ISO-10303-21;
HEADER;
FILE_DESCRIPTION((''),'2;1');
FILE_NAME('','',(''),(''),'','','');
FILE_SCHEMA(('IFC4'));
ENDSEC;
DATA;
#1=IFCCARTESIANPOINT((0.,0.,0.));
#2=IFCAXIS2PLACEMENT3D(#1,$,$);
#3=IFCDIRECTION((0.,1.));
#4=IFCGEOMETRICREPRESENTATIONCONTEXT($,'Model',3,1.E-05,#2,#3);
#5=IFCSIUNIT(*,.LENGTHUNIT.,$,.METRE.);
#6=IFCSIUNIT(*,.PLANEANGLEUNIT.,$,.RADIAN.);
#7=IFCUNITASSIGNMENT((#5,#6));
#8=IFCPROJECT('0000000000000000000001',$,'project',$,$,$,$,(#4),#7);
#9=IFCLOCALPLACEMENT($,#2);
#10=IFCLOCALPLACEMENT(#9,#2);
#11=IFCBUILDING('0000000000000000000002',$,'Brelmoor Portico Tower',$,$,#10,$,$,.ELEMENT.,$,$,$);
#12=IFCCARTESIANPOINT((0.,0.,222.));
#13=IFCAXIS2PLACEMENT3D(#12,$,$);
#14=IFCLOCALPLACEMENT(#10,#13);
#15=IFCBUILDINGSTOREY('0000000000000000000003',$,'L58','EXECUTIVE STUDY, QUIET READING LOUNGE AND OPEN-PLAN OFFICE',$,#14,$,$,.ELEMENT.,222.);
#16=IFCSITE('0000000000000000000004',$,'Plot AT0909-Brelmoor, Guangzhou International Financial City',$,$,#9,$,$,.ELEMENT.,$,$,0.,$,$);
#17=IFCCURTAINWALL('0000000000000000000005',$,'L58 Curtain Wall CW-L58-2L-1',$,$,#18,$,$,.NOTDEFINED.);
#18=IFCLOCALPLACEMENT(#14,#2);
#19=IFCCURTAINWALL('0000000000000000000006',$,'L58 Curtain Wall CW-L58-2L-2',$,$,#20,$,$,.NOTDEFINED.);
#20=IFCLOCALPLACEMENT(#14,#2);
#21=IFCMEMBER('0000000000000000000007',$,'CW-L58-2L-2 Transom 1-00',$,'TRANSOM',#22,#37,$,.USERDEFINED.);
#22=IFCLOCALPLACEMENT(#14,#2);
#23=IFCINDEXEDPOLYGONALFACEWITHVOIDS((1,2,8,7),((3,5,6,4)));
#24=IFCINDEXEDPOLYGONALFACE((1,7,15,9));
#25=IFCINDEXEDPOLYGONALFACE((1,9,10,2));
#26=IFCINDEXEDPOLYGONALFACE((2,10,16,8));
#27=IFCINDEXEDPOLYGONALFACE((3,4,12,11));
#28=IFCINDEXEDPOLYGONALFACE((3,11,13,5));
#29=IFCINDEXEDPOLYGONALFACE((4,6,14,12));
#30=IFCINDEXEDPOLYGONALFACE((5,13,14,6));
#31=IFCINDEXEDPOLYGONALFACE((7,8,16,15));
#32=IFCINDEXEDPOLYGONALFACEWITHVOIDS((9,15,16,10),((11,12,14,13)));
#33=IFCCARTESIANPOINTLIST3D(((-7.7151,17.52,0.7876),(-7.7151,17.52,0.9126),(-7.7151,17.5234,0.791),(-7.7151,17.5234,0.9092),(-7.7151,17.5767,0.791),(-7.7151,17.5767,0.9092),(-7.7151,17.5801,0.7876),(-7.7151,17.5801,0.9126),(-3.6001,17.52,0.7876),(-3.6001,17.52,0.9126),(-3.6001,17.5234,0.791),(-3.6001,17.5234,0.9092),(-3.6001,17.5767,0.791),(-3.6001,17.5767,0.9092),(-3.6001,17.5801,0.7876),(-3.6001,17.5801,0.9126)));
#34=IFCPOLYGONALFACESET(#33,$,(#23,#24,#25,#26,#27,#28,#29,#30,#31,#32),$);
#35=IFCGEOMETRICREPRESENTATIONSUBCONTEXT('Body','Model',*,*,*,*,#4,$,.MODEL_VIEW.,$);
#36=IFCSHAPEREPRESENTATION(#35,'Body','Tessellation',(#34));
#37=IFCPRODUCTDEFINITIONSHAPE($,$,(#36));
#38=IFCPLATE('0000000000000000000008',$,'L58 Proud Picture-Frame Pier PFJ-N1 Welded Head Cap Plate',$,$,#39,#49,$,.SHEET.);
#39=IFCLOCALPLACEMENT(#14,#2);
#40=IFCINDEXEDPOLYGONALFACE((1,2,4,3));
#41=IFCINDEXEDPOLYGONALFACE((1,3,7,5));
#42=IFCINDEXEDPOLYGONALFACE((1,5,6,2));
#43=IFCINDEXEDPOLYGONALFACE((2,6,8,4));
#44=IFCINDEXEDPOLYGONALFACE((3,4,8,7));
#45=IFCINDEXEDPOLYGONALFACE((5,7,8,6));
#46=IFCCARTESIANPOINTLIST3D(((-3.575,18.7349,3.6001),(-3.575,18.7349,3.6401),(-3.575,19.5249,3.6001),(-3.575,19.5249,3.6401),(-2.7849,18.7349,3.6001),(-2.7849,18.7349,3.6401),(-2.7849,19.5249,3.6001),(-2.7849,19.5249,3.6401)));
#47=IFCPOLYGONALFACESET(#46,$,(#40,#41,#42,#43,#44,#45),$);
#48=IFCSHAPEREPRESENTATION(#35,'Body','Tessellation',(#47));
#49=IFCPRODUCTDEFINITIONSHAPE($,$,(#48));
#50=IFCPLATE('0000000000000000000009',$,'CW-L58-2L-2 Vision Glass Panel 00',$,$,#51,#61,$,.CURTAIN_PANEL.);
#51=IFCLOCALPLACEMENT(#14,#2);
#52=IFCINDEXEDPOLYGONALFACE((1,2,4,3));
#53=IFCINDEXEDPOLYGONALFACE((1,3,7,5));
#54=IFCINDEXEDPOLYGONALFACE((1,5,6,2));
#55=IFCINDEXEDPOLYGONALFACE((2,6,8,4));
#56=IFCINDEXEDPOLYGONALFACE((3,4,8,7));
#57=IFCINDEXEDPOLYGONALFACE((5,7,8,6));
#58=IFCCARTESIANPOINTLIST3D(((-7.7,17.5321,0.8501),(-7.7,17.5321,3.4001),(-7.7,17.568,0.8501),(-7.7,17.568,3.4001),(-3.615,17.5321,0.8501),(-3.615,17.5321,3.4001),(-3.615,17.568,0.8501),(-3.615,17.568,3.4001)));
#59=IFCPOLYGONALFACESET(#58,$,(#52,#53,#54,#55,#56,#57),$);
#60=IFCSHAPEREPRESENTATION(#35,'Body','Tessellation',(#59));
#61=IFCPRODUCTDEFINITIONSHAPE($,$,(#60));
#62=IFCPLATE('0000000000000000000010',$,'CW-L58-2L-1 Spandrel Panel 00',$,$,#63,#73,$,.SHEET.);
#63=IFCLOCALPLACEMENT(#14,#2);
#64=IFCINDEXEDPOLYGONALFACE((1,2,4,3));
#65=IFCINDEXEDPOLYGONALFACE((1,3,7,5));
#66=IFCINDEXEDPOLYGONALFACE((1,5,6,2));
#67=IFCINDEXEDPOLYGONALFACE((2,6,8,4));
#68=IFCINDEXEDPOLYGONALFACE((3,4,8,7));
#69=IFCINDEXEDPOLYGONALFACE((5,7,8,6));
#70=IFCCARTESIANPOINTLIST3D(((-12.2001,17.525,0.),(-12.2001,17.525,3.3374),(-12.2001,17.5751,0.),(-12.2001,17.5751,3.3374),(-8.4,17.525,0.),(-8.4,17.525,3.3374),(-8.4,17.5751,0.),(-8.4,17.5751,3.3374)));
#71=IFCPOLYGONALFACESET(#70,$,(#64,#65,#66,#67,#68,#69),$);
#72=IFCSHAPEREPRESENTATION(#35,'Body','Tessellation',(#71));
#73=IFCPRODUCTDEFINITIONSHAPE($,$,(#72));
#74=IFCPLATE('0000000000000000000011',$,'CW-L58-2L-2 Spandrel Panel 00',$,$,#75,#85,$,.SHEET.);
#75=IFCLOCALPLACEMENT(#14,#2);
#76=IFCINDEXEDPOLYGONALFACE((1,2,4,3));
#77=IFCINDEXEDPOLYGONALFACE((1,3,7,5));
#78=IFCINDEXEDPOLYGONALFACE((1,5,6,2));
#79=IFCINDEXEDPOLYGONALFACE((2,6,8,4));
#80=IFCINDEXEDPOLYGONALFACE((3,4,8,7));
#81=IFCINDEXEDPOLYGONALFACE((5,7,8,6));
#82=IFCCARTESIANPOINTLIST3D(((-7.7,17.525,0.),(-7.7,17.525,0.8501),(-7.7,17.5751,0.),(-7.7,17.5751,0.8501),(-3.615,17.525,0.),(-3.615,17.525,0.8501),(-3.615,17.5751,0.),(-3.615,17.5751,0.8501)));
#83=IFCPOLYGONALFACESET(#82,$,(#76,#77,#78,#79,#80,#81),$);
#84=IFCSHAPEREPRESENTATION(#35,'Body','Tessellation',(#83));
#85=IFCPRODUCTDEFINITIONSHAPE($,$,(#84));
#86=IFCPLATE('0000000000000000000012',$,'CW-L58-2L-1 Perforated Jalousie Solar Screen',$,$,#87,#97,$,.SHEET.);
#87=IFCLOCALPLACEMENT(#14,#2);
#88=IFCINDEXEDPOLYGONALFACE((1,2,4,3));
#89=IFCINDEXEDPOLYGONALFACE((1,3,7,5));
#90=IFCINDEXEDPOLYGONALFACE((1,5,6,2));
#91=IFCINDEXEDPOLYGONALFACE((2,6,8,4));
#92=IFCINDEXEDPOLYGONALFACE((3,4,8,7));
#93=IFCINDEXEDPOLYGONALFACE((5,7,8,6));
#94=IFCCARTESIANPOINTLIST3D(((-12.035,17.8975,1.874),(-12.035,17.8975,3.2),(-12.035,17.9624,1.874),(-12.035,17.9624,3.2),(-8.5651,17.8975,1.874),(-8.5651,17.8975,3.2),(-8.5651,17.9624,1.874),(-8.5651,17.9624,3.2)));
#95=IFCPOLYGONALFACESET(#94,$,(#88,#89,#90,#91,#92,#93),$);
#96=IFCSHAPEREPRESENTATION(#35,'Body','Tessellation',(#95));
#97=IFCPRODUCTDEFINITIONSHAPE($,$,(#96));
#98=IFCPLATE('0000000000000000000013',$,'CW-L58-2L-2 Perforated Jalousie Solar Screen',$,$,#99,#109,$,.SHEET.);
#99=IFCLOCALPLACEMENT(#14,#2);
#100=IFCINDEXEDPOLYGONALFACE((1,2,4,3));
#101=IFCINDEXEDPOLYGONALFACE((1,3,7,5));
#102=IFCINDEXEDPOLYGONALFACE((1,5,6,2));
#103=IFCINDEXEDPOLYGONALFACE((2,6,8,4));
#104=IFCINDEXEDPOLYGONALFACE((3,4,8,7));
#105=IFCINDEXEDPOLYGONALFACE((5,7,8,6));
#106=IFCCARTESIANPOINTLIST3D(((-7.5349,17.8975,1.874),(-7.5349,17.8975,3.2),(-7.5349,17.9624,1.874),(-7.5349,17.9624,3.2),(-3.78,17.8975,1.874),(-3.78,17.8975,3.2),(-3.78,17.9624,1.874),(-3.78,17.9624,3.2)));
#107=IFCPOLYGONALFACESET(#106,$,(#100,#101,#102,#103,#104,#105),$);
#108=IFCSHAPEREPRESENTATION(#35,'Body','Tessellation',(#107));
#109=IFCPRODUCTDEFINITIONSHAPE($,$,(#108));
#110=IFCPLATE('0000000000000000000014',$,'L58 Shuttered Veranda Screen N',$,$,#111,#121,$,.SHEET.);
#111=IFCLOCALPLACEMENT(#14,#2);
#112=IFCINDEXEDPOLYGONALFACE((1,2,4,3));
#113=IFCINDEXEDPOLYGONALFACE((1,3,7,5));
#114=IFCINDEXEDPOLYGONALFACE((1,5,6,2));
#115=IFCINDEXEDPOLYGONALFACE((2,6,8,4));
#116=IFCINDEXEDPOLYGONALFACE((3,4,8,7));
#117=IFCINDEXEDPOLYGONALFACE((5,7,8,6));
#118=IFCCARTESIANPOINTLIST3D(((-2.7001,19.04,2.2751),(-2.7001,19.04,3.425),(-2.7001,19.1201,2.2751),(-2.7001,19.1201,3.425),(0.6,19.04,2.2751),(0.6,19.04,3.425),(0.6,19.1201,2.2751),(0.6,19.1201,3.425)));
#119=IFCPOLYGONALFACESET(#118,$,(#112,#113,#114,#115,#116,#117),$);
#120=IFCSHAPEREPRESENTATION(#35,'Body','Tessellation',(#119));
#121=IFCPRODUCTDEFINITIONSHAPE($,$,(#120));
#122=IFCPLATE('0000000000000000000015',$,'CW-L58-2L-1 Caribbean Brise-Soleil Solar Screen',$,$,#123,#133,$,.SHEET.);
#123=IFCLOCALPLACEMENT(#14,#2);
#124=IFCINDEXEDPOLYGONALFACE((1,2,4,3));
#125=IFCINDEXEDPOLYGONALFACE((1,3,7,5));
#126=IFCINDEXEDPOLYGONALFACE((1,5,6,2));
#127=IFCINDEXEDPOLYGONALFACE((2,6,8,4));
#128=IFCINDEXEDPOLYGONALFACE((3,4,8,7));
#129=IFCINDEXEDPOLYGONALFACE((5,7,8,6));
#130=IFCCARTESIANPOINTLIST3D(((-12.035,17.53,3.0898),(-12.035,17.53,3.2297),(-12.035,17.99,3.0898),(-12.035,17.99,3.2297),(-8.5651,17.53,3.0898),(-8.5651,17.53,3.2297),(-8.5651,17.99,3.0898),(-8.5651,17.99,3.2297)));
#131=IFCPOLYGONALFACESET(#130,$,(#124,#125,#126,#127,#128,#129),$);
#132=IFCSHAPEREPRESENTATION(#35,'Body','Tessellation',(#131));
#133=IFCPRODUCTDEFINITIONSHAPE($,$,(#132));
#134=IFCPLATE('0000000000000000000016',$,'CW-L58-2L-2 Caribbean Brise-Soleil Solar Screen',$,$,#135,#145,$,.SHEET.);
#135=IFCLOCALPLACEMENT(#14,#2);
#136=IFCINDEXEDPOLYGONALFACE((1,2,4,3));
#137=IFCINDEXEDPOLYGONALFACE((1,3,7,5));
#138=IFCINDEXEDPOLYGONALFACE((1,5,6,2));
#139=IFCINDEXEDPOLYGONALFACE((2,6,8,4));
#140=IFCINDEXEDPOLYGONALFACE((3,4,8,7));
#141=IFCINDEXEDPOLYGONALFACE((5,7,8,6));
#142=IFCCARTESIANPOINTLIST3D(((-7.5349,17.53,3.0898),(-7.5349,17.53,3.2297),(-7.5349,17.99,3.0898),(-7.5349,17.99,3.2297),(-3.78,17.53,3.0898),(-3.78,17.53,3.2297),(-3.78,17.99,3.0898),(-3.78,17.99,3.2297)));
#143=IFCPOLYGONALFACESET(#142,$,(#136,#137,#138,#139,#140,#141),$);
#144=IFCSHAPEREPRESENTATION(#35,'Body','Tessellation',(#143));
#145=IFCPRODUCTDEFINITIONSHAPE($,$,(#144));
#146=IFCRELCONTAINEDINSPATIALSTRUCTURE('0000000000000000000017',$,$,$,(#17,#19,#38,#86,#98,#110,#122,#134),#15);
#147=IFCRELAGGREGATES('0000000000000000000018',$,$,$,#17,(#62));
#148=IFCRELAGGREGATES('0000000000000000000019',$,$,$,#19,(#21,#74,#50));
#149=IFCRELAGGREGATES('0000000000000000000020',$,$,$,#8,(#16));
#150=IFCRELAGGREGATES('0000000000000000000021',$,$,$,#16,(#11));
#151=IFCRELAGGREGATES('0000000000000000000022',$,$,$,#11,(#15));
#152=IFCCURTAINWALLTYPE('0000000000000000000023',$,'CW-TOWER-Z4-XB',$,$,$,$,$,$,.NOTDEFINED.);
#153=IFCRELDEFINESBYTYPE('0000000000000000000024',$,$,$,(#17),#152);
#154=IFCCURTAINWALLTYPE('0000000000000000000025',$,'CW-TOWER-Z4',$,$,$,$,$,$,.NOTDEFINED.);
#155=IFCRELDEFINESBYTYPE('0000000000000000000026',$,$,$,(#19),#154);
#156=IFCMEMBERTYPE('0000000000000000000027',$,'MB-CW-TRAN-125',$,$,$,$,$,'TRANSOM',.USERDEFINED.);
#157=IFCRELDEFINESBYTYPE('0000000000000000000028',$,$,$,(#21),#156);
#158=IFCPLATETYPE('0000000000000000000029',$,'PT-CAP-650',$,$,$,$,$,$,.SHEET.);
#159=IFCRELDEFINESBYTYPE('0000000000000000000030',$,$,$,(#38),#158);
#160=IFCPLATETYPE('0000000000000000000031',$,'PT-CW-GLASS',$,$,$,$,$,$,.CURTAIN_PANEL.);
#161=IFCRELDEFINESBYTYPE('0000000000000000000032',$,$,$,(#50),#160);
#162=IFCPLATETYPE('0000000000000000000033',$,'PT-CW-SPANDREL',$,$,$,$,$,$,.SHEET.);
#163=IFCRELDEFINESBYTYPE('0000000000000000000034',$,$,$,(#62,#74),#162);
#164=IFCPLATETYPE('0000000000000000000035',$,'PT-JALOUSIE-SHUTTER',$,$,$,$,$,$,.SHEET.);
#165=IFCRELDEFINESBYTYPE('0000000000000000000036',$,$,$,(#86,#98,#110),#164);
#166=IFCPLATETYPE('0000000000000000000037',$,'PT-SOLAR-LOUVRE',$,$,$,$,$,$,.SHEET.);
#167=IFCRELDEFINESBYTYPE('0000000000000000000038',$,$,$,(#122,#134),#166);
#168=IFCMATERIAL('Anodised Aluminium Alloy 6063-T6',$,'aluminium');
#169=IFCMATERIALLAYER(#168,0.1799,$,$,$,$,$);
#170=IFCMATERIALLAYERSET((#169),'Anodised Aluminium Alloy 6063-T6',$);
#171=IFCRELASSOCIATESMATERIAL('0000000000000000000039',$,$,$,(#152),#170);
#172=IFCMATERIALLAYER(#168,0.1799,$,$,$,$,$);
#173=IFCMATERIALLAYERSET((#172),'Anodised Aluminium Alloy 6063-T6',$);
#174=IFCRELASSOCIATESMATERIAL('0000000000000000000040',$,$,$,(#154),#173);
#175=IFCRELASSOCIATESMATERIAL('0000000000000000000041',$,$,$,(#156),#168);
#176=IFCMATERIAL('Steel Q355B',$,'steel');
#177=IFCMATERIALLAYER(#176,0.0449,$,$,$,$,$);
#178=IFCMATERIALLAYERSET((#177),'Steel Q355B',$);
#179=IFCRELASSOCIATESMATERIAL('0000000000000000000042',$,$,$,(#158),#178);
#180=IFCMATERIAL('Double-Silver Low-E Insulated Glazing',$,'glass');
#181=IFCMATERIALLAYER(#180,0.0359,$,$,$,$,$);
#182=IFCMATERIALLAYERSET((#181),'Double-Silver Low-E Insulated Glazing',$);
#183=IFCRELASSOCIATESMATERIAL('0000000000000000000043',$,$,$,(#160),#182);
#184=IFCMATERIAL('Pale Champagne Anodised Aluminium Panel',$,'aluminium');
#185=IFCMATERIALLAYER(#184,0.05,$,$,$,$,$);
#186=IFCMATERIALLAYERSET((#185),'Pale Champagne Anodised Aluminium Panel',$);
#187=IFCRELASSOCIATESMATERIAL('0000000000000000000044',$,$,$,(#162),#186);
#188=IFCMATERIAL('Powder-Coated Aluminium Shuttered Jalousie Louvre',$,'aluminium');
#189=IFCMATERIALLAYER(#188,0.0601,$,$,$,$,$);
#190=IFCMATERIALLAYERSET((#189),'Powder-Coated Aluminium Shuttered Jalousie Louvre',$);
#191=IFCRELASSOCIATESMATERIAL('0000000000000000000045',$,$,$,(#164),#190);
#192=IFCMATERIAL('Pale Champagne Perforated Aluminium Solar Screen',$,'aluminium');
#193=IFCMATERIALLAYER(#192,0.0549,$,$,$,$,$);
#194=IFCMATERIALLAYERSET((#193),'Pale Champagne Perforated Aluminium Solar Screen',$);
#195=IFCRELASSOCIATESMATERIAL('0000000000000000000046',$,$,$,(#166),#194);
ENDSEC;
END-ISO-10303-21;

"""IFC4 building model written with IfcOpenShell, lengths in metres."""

from ifc_helpers import new_model, si_unit, direction, frame, origin, origin_2d, place, context, subcontext, project, spatial, rectangle, hollow_rectangle, extrude, material, layer, layer_set, material_profile, profile_set, type_object, element, aggregate, save


model = new_model("IFC4")

# Units and contexts
model_context = context("Model", 3, precision=1e-05, world=origin(), true_north=direction((0.0, 1.0)))
body_context = subcontext(model_context, "Body", "Model", "MODEL_VIEW")
ifc_project = project(units=[si_unit("LENGTHUNIT", "METRE"), si_unit("PLANEANGLEUNIT", "RADIAN")], contexts=[model_context])

# Site, building, storey
site_placement = place(None, origin())
site = spatial("IfcSite", under=ifc_project, at=site_placement, Name="Plot AT0909-Brelmoor, Guangzhou International Financial City", CompositionType="ELEMENT", RefElevation=0.0)
building_placement = place(site_placement, origin())
building = spatial("IfcBuilding", under=site, at=building_placement, Name="Brelmoor Portico Tower", CompositionType="ELEMENT")
storey_placement = place(building_placement, frame((0.0, 0.0, 222.0)))
storey = spatial("IfcBuildingStorey", under=building, at=storey_placement, Name="L58", Description="EXECUTIVE STUDY, QUIET READING LOUNGE AND OPEN-PLAN OFFICE", CompositionType="ELEMENT", Elevation=222.0)

# Shared definitions
ifc_material_1 = material(Name="Steel Q355B", Category="steel")

# Curtain wall
ifc_material_2 = material(Name="Anodised Aluminium Alloy 6063-T6", Category="aluminium")
ifc_layer_1 = layer(ifc_material_2, 0.1799)
ifc_layer_set_1 = layer_set([ifc_layer_1], Name="Anodised Aluminium Alloy 6063-T6")
curtain_wall_type_1 = type_object("IfcCurtainWallType", Name="CW-TOWER-Z4-XB", PredefinedType="NOTDEFINED", material=ifc_layer_set_1)
curtain_wall_1_placement = place(storey_placement, origin())
curtain_wall_1 = element("IfcCurtainWall", 1, at=curtain_wall_1_placement, inside=storey, type_object=curtain_wall_type_1, Name="L58 Curtain Wall CW-L58-2L-1", PredefinedType="NOTDEFINED")

# Curtain wall, member
ifc_layer_2 = layer(ifc_material_2, 0.1799)
ifc_layer_set_2 = layer_set([ifc_layer_2], Name="Anodised Aluminium Alloy 6063-T6")
curtain_wall_type_2 = type_object("IfcCurtainWallType", Name="CW-TOWER-Z4", PredefinedType="NOTDEFINED", material=ifc_layer_set_2)
curtain_wall_2_placement = place(storey_placement, origin())
curtain_wall_2 = element("IfcCurtainWall", 2, at=curtain_wall_2_placement, inside=storey, type_object=curtain_wall_type_2, Name="L58 Curtain Wall CW-L58-2L-2", PredefinedType="NOTDEFINED")
ifc_material_profile_1 = material_profile(ifc_material_2, hollow_rectangle(XDim=0.0601, YDim=0.125, WallThickness=0.0034, at=origin_2d()), Name="ALU TRANSOM 60x125")
ifc_profile_set_1 = profile_set([ifc_material_profile_1], Name="Anodised Aluminium Alloy 6063-T6")
member_type_1 = type_object("IfcMemberType", Name="MB-CW-TRAN-125", ElementType="TRANSOM", PredefinedType="USERDEFINED", material=ifc_profile_set_1)
member_1_placement = place(storey_placement, frame((-7.7151, 17.55, 0.8501), z_axis=(1.0, 0.0, 0.0), x_axis=(0.0, 1.0, 0.0)))
member_1 = element("IfcMember", 3, at=member_1_placement, type_object=member_type_1, Name="CW-L58-2L-2 Transom 1-00", ObjectType="TRANSOM", PredefinedType="USERDEFINED", context=body_context, shape_type="SweptSolid", body=[
    extrude(hollow_rectangle(XDim=0.0601, YDim=0.125, WallThickness=0.0034, at=origin_2d()), origin(), (0.0, 0.0, 1.0), 4.115),
])

# Plates
ifc_layer_3 = layer(ifc_material_1, 0.0449)
ifc_layer_set_3 = layer_set([ifc_layer_3], Name="Steel Q355B")
plate_type_1 = type_object("IfcPlateType", Name="PT-CAP-650", PredefinedType="SHEET", material=ifc_layer_set_3)
plate_1_placement = place(storey_placement, frame((-3.1799, 19.1299, 3.6001), z_axis=(0.0, 0.0, 1.0), x_axis=(1.0, 0.0, 0.0)))
element("IfcPlate", 4, at=plate_1_placement, inside=storey, type_object=plate_type_1, Name="L58 Proud Picture-Frame Pier PFJ-N1 Welded Head Cap Plate", PredefinedType="SHEET", context=body_context, shape_type="SweptSolid", body=[
    extrude(rectangle(XDim=0.79, YDim=0.79, at=origin_2d()), origin(), (0.0, 0.0, 1.0), 0.04),
])
ifc_material_3 = material(Name="Double-Silver Low-E Insulated Glazing", Category="glass")
ifc_layer_4 = layer(ifc_material_3, 0.0359)
ifc_layer_set_4 = layer_set([ifc_layer_4], Name="Double-Silver Low-E Insulated Glazing")
plate_type_2 = type_object("IfcPlateType", Name="PT-CW-GLASS", PredefinedType="CURTAIN_PANEL", material=ifc_layer_set_4)
plate_2_placement = place(storey_placement, frame((-5.6575, 17.55, 0.8501), z_axis=(0.0, 0.0, 1.0), x_axis=(1.0, 0.0, 0.0)))
plate_2 = element("IfcPlate", 5, at=plate_2_placement, type_object=plate_type_2, Name="CW-L58-2L-2 Vision Glass Panel 00", PredefinedType="CURTAIN_PANEL", context=body_context, shape_type="SweptSolid", body=[
    extrude(rectangle(XDim=4.085, YDim=0.0359, at=origin_2d()), origin(), (0.0, 0.0, 1.0), 2.55),
])
ifc_material_4 = material(Name="Pale Champagne Anodised Aluminium Panel", Category="aluminium")
ifc_layer_5 = layer(ifc_material_4, 0.05)
ifc_layer_set_5 = layer_set([ifc_layer_5], Name="Pale Champagne Anodised Aluminium Panel")
plate_type_3 = type_object("IfcPlateType", Name="PT-CW-SPANDREL", PredefinedType="SHEET", material=ifc_layer_set_5)
plate_3_placement = place(storey_placement, frame((-10.3, 17.55, 0.0), z_axis=(0.0, 0.0, 1.0), x_axis=(1.0, 0.0, 0.0)))
plate_3 = element("IfcPlate", 6, at=plate_3_placement, type_object=plate_type_3, Name="CW-L58-2L-1 Spandrel Panel 00", PredefinedType="SHEET", context=body_context, shape_type="SweptSolid", body=[
    extrude(rectangle(XDim=3.8, YDim=0.05, at=origin_2d()), origin(), (0.0, 0.0, 1.0), 3.3374),
])
aggregate(curtain_wall_1, [plate_3])
plate_4_placement = place(storey_placement, frame((-5.6575, 17.55, 0.0), z_axis=(0.0, 0.0, 1.0), x_axis=(1.0, 0.0, 0.0)))
plate_4 = element("IfcPlate", 7, at=plate_4_placement, type_object=plate_type_3, Name="CW-L58-2L-2 Spandrel Panel 00", PredefinedType="SHEET", context=body_context, shape_type="SweptSolid", body=[
    extrude(rectangle(XDim=4.085, YDim=0.05, at=origin_2d()), origin(), (0.0, 0.0, 1.0), 0.8501),
])
aggregate(curtain_wall_2, [member_1, plate_4, plate_2])

# Plates
ifc_material_5 = material(Name="Powder-Coated Aluminium Shuttered Jalousie Louvre", Category="aluminium")
ifc_layer_6 = layer(ifc_material_5, 0.0601)
ifc_layer_set_6 = layer_set([ifc_layer_6], Name="Powder-Coated Aluminium Shuttered Jalousie Louvre")
plate_type_4 = type_object("IfcPlateType", Name="PT-JALOUSIE-SHUTTER", PredefinedType="SHEET", material=ifc_layer_set_6)
plate_5_placement = place(storey_placement, frame((-10.3, 17.9299, 1.874), z_axis=(0.0, 0.0, 1.0), x_axis=(1.0, 0.0, 0.0)))
element("IfcPlate", 8, at=plate_5_placement, inside=storey, type_object=plate_type_4, Name="CW-L58-2L-1 Perforated Jalousie Solar Screen", PredefinedType="SHEET", context=body_context, shape_type="SweptSolid", body=[
    extrude(rectangle(XDim=3.47, YDim=0.0649, at=origin_2d()), origin(), (0.0, 0.0, 1.0), 1.3259),
])
plate_6_placement = place(storey_placement, frame((-5.6575, 17.9299, 1.874), z_axis=(0.0, 0.0, 1.0), x_axis=(1.0, 0.0, 0.0)))
element("IfcPlate", 9, at=plate_6_placement, inside=storey, type_object=plate_type_4, Name="CW-L58-2L-2 Perforated Jalousie Solar Screen", PredefinedType="SHEET", context=body_context, shape_type="SweptSolid", body=[
    extrude(rectangle(XDim=3.7549, YDim=0.0649, at=origin_2d()), origin(), (0.0, 0.0, 1.0), 1.3259),
])
plate_7_placement = place(storey_placement, frame((-1.05, 19.0801, 2.2751), z_axis=(0.0, 0.0, 1.0), x_axis=(1.0, 0.0, 0.0)))
element("IfcPlate", 10, at=plate_7_placement, inside=storey, type_object=plate_type_4, Name="L58 Shuttered Veranda Screen N", PredefinedType="SHEET", context=body_context, shape_type="SweptSolid", body=[
    extrude(rectangle(XDim=3.3, YDim=0.0801, at=origin_2d()), origin(), (0.0, 0.0, 1.0), 1.1499),
])
ifc_material_6 = material(Name="Pale Champagne Perforated Aluminium Solar Screen", Category="aluminium")
ifc_layer_7 = layer(ifc_material_6, 0.0549)
ifc_layer_set_7 = layer_set([ifc_layer_7], Name="Pale Champagne Perforated Aluminium Solar Screen")
plate_type_5 = type_object("IfcPlateType", Name="PT-SOLAR-LOUVRE", PredefinedType="SHEET", material=ifc_layer_set_7)
plate_8_placement = place(storey_placement, frame((-10.3, 17.76, 3.0898), z_axis=(0.0, 0.0, 1.0), x_axis=(1.0, 0.0, 0.0)))
element("IfcPlate", 11, at=plate_8_placement, inside=storey, type_object=plate_type_5, Name="CW-L58-2L-1 Caribbean Brise-Soleil Solar Screen", PredefinedType="SHEET", context=body_context, shape_type="SweptSolid", body=[
    extrude(rectangle(XDim=3.47, YDim=0.46, at=origin_2d()), origin(), (0.0, 0.0, 1.0), 0.1399),
])
plate_9_placement = place(storey_placement, frame((-5.6575, 17.76, 3.0898), z_axis=(0.0, 0.0, 1.0), x_axis=(1.0, 0.0, 0.0)))
element("IfcPlate", 12, at=plate_9_placement, inside=storey, type_object=plate_type_5, Name="CW-L58-2L-2 Caribbean Brise-Soleil Solar Screen", PredefinedType="SHEET", context=body_context, shape_type="SweptSolid", body=[
    extrude(rectangle(XDim=3.7549, YDim=0.46, at=origin_2d()), origin(), (0.0, 0.0, 1.0), 0.1399),
])

save(model, "model.ifc")
